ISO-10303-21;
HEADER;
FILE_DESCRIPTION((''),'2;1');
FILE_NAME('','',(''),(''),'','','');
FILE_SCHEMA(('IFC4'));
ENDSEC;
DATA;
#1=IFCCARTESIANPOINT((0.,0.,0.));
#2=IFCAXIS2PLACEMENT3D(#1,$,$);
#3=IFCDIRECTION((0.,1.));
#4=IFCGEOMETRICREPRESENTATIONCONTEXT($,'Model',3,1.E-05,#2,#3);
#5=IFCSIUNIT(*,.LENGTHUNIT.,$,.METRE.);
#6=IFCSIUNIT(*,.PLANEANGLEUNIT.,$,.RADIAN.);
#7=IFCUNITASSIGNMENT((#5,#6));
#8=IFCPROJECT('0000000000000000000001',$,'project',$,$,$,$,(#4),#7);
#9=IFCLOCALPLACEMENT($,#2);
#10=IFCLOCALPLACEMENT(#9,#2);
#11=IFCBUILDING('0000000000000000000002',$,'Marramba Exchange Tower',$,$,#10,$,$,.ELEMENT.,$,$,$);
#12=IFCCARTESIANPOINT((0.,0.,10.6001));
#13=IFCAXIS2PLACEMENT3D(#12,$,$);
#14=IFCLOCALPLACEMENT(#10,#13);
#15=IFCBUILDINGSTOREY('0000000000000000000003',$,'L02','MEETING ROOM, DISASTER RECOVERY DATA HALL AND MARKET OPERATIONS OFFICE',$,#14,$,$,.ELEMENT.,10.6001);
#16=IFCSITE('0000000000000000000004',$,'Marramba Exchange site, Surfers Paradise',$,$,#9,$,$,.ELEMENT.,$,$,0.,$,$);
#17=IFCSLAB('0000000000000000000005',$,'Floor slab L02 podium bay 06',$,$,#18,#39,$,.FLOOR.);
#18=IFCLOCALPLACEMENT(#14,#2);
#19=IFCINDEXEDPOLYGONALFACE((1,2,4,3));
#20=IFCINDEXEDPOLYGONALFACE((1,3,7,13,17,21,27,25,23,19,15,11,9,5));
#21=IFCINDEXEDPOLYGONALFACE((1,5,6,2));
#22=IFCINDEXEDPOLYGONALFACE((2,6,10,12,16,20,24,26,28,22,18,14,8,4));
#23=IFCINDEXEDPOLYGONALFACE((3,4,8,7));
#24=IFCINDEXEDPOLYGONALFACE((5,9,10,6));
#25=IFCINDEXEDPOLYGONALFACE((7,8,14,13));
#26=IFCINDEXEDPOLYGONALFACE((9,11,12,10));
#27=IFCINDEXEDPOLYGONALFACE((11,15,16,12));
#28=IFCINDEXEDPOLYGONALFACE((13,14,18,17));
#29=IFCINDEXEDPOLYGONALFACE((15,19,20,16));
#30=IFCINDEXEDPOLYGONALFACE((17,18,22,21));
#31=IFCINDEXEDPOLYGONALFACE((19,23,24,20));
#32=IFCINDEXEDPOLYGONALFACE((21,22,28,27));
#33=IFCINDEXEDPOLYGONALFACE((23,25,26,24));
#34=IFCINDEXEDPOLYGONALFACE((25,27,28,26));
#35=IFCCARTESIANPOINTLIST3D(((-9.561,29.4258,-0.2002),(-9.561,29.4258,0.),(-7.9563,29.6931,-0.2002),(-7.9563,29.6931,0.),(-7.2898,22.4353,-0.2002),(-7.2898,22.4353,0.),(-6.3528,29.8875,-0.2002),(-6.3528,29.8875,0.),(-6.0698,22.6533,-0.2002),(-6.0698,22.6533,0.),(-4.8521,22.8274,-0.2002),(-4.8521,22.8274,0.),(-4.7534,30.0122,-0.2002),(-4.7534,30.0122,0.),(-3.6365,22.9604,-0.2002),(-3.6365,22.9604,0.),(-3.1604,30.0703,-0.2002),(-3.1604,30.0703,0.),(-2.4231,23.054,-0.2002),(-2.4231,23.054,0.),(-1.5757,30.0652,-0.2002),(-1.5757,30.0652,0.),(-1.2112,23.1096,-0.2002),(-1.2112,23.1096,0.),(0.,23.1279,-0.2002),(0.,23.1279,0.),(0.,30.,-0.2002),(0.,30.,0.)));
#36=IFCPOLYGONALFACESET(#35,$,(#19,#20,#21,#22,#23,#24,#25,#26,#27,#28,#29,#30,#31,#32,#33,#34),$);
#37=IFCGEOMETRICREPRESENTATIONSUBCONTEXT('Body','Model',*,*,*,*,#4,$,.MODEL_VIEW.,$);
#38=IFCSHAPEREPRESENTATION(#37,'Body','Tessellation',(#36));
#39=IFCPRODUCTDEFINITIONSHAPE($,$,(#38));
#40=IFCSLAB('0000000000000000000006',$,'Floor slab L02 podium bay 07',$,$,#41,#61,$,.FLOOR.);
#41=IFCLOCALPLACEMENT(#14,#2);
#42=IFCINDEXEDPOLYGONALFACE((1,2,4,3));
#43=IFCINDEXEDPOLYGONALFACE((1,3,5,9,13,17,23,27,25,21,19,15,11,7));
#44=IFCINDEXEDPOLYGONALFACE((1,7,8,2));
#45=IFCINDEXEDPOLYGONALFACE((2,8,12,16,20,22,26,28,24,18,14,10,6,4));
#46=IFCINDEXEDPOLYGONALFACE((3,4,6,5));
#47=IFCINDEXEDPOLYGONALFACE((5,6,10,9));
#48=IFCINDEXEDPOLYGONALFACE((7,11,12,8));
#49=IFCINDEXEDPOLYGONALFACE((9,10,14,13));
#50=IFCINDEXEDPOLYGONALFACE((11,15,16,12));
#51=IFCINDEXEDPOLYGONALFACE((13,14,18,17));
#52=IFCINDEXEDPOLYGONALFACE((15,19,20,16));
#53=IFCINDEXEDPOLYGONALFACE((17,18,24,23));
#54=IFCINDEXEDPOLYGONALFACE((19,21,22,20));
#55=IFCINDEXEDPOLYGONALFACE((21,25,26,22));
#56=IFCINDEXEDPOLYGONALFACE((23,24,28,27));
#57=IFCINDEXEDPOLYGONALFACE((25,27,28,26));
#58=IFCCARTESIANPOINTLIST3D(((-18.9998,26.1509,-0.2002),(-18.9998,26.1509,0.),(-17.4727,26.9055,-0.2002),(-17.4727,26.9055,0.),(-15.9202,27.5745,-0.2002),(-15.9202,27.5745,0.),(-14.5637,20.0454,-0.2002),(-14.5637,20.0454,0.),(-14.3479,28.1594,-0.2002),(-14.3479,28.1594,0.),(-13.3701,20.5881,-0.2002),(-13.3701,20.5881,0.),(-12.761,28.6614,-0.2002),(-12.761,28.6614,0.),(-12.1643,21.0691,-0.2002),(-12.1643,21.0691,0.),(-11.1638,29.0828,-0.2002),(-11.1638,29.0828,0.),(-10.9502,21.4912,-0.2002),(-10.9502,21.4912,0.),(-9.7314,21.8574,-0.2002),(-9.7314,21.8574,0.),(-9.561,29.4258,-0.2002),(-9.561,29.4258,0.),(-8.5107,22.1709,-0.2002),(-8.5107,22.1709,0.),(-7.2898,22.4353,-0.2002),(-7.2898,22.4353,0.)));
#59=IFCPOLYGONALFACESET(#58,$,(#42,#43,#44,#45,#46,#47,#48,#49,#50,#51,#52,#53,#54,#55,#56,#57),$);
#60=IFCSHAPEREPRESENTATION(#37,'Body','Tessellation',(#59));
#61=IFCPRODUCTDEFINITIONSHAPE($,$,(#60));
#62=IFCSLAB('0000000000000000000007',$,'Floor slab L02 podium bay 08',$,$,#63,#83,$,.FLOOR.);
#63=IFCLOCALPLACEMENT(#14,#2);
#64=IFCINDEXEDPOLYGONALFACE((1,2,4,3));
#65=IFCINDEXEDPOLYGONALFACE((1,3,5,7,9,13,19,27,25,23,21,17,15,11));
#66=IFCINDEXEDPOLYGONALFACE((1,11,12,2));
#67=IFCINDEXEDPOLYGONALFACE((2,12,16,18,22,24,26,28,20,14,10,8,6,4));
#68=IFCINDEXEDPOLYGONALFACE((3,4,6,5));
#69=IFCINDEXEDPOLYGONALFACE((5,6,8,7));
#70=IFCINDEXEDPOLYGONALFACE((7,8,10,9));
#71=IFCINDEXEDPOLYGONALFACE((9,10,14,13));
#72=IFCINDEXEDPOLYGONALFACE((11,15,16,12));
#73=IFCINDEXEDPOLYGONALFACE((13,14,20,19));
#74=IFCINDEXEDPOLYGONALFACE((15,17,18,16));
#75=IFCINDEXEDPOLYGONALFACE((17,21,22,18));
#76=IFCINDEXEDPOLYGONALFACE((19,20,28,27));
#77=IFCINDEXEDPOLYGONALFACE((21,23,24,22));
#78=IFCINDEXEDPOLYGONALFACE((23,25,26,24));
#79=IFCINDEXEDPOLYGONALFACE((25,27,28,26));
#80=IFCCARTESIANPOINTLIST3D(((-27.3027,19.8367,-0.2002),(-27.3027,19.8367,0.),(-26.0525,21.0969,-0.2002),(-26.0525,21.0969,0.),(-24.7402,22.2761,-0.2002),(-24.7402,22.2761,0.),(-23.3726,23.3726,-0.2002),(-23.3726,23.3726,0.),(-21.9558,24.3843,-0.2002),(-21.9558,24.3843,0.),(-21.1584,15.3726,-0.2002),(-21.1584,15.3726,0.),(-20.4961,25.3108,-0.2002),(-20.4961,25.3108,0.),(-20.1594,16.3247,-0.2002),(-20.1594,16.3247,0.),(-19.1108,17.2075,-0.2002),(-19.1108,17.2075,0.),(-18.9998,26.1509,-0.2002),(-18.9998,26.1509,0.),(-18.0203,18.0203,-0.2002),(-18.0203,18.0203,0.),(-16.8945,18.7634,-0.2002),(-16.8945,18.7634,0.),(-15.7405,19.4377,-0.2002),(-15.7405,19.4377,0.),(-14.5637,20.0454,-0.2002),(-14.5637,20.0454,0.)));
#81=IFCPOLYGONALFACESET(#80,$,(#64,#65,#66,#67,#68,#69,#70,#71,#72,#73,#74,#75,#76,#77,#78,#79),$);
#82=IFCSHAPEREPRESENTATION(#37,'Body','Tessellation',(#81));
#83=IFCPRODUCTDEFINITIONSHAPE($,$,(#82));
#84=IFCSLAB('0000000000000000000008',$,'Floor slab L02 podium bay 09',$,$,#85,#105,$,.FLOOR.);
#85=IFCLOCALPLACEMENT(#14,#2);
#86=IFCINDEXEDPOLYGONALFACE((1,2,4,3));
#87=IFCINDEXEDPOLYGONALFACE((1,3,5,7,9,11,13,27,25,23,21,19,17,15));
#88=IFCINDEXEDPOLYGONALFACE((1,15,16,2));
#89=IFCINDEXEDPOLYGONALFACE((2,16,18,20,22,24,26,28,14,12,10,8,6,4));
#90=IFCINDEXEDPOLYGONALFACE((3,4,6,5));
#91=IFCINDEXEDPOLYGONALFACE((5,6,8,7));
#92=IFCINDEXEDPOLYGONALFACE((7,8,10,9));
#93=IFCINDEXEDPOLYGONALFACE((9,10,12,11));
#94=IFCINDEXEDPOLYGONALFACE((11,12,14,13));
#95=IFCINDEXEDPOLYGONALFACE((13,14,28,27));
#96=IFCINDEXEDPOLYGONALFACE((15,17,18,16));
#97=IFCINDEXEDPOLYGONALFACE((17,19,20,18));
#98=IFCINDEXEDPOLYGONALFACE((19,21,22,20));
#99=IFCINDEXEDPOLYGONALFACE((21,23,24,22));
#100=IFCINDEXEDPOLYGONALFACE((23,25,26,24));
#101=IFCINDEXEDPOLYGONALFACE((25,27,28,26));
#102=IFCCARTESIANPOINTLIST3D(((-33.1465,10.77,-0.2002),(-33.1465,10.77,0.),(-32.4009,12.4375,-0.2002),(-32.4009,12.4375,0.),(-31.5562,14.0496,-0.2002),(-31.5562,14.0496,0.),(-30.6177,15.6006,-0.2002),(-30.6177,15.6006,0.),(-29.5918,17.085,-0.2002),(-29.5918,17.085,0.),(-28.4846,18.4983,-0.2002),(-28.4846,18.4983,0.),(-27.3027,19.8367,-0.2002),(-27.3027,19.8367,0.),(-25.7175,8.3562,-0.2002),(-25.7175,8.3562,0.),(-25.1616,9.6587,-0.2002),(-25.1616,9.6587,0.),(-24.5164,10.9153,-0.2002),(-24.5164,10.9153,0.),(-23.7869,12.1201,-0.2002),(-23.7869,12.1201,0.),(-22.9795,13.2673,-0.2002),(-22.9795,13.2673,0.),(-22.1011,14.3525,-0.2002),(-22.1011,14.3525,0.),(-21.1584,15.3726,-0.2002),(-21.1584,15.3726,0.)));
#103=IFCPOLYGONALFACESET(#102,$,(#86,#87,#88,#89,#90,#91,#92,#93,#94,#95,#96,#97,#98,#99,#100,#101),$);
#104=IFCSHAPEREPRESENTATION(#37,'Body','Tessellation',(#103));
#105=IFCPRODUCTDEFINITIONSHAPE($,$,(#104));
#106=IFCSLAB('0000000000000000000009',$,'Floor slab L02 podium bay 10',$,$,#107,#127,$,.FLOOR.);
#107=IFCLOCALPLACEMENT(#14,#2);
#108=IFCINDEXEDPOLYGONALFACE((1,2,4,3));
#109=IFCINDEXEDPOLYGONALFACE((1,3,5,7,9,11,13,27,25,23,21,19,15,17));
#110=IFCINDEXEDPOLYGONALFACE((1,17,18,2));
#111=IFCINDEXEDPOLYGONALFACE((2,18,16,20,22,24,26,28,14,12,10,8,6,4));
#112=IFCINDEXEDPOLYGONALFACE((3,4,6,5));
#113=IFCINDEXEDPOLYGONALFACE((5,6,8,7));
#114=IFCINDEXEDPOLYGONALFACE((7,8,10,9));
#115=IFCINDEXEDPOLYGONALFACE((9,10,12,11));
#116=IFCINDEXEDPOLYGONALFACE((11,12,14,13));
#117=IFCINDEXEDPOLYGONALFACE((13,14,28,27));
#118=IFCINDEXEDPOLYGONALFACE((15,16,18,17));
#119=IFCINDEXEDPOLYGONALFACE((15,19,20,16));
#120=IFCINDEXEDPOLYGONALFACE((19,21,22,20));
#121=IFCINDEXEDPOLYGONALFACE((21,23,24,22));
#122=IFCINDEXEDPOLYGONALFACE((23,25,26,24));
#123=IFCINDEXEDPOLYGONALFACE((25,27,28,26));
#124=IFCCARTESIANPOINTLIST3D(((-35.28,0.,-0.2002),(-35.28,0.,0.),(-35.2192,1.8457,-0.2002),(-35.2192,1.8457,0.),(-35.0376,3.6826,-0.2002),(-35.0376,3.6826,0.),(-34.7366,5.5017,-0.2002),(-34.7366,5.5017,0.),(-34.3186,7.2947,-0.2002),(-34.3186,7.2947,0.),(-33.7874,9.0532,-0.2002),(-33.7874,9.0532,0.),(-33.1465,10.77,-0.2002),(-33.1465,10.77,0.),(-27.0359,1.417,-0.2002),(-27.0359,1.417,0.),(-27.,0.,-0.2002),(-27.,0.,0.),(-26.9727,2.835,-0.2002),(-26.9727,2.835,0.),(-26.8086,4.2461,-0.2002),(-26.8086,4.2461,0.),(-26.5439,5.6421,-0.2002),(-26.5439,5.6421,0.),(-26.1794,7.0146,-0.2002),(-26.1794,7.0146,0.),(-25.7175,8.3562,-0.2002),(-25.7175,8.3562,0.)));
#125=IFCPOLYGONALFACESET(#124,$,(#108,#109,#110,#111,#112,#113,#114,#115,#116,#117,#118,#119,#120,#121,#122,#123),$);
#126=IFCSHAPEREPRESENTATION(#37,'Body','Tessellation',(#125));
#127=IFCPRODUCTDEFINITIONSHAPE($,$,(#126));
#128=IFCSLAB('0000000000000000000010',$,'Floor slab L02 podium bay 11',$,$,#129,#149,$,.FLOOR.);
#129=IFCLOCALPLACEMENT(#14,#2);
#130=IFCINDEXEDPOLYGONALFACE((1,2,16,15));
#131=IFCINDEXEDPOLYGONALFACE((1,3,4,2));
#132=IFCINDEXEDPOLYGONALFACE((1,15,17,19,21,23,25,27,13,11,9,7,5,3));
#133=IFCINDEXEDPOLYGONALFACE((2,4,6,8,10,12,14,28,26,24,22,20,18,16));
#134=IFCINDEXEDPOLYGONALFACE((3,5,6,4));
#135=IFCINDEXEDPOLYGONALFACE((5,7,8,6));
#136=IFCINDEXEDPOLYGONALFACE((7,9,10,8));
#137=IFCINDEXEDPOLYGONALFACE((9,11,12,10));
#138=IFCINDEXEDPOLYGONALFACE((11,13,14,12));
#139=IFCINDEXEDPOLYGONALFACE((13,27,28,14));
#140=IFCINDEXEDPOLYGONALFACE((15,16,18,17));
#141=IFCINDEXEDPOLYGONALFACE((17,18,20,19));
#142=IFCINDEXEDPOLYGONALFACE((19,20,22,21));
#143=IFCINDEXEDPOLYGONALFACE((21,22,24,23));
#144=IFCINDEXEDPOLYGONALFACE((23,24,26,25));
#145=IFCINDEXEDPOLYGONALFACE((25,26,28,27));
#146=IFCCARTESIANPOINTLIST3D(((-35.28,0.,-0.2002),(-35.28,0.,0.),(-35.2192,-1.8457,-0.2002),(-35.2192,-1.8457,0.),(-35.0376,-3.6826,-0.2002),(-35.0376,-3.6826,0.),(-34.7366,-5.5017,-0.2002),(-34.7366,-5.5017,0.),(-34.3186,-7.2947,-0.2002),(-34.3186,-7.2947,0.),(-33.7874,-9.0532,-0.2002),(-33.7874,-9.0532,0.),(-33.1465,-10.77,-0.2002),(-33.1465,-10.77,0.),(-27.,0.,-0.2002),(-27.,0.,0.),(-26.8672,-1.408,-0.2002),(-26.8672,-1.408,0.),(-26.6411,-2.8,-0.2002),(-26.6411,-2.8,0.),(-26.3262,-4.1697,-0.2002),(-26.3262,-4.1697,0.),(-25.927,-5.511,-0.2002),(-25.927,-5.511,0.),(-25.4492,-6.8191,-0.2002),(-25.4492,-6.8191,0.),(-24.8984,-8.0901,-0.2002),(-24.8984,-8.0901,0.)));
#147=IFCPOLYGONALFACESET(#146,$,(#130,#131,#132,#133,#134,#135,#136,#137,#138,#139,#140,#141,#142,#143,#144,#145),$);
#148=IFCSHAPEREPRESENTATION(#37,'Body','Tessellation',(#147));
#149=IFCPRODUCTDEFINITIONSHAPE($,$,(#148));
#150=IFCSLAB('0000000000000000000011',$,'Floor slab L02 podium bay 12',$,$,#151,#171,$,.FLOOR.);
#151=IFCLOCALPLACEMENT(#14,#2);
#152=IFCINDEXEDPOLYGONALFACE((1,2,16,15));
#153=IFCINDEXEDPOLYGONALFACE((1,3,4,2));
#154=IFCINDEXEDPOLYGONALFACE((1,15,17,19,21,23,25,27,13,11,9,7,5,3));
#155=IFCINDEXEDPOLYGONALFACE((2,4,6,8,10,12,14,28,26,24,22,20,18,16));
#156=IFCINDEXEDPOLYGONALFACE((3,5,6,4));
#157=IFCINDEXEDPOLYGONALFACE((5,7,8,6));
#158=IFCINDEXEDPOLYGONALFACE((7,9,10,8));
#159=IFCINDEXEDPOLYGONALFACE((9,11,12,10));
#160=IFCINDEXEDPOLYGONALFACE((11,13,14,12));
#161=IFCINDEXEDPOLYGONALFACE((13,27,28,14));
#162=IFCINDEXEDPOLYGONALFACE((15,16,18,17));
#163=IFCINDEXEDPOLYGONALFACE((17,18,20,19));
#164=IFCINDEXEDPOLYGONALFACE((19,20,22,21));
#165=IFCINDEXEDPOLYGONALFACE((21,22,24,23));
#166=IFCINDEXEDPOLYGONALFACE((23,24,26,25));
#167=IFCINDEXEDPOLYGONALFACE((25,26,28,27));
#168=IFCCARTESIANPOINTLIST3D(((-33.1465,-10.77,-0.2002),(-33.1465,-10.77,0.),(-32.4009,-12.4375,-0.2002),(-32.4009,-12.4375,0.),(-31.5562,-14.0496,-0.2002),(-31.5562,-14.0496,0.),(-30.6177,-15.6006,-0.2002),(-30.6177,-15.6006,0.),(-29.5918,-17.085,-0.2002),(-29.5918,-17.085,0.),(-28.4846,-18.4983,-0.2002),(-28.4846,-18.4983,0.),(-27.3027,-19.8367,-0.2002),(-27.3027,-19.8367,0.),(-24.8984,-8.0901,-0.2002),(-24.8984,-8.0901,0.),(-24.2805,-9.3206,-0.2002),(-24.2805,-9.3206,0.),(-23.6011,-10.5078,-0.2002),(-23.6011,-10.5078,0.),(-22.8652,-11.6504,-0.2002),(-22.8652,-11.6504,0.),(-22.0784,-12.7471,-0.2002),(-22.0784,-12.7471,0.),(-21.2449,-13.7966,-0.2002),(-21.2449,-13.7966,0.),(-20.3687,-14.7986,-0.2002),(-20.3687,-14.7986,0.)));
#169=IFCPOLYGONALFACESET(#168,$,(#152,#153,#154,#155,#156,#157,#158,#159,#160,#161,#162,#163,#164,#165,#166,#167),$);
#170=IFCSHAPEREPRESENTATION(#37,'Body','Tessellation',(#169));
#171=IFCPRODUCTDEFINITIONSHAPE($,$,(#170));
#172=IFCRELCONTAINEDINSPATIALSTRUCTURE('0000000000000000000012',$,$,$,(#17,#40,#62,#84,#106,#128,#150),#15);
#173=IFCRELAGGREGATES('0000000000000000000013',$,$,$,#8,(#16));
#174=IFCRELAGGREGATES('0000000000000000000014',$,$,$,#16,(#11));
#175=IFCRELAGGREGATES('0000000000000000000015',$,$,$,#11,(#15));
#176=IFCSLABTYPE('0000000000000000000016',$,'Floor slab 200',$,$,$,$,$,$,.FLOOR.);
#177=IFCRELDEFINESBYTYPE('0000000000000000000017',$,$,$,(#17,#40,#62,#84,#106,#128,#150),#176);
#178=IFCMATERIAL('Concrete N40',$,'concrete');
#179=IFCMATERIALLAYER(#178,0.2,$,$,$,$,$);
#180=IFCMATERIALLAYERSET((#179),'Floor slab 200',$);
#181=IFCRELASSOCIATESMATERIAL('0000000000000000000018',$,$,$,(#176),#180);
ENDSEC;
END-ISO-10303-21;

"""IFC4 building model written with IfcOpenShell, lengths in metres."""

from ifc_helpers import new_model, si_unit, direction, frame, origin, place, context, subcontext, project, spatial, polyline, outline, extrude, material, layer, layer_set, type_object, element, save


model = new_model("IFC4")

# Units and contexts
model_context = context("Model", 3, precision=1e-05, world=origin(), true_north=direction((0.0, 1.0)))
body_context = subcontext(model_context, "Body", "Model", "MODEL_VIEW")
ifc_project = project(units=[si_unit("LENGTHUNIT", "METRE"), si_unit("PLANEANGLEUNIT", "RADIAN")], contexts=[model_context])

# Site, building, storey
site_placement = place(None, origin())
site = spatial("IfcSite", under=ifc_project, at=site_placement, Name="Marramba Exchange site, Surfers Paradise", CompositionType="ELEMENT", RefElevation=0.0)
building_placement = place(site_placement, origin())
building = spatial("IfcBuilding", under=site, at=building_placement, Name="Marramba Exchange Tower", CompositionType="ELEMENT")
storey_placement = place(building_placement, frame((0.0, 0.0, 10.6001)))
storey = spatial("IfcBuildingStorey", under=building, at=storey_placement, Name="L02", Description="MEETING ROOM, DISASTER RECOVERY DATA HALL AND MARKET OPERATIONS OFFICE", CompositionType="ELEMENT", Elevation=10.6001)

# Slabs
ifc_material_1 = material(Name="Concrete N40", Category="concrete")
ifc_layer_1 = layer(ifc_material_1, 0.2)
ifc_layer_set_1 = layer_set([ifc_layer_1], Name="Floor slab 200")
slab_type_1 = type_object("IfcSlabType", Name="Floor slab 200", PredefinedType="FLOOR", material=ifc_layer_set_1)
slab_1_placement = place(storey_placement, frame((0.0, 0.0, -0.2002)))
element("IfcSlab", 1, at=slab_1_placement, inside=storey, type_object=slab_type_1, Name="Floor slab L02 podium bay 06", PredefinedType="FLOOR", context=body_context, shape_type="SweptSolid", body=[
    extrude(outline(polyline([(-9.561, 29.4258), (-7.9563, 29.6931), (-6.3528, 29.8875), (-4.7534, 30.0122), (-3.1604, 30.0703), (-1.5757, 30.0652), (0.0, 30.0), (0.0, 23.1279), (-1.2112, 23.1096), (-2.4231, 23.054), (-3.6365, 22.9604), (-4.8521, 22.8274), (-6.0698, 22.6533), (-7.2898, 22.4353), (-9.561, 29.4258)])), origin(), (0.0, 0.0, 1.0), 0.2002),
])
slab_2_placement = place(storey_placement, frame((0.0, 0.0, -0.2002)))
element("IfcSlab", 2, at=slab_2_placement, inside=storey, type_object=slab_type_1, Name="Floor slab L02 podium bay 07", PredefinedType="FLOOR", context=body_context, shape_type="SweptSolid", body=[
    extrude(outline(polyline([(-18.9998, 26.1509), (-17.4727, 26.9055), (-15.9202, 27.5745), (-14.3479, 28.1594), (-12.761, 28.6614), (-11.1638, 29.0828), (-9.561, 29.4258), (-7.2898, 22.4353), (-8.5107, 22.1709), (-9.7314, 21.8574), (-10.9502, 21.4912), (-12.1643, 21.0691), (-13.3701, 20.5881), (-14.5637, 20.0454), (-18.9998, 26.1509)])), origin(), (0.0, 0.0, 1.0), 0.2002),
])
slab_3_placement = place(storey_placement, frame((0.0, 0.0, -0.2002)))
element("IfcSlab", 3, at=slab_3_placement, inside=storey, type_object=slab_type_1, Name="Floor slab L02 podium bay 08", PredefinedType="FLOOR", context=body_context, shape_type="SweptSolid", body=[
    extrude(outline(polyline([(-27.3027, 19.8367), (-26.0525, 21.0969), (-24.7402, 22.2761), (-23.3726, 23.3726), (-21.9558, 24.3843), (-20.4961, 25.3108), (-18.9998, 26.1509), (-14.5637, 20.0454), (-15.7405, 19.4377), (-16.8945, 18.7634), (-18.0203, 18.0203), (-19.1108, 17.2075), (-20.1594, 16.3247), (-21.1584, 15.3726), (-27.3027, 19.8367)])), origin(), (0.0, 0.0, 1.0), 0.2002),
])
slab_4_placement = place(storey_placement, frame((0.0, 0.0, -0.2002)))
element("IfcSlab", 4, at=slab_4_placement, inside=storey, type_object=slab_type_1, Name="Floor slab L02 podium bay 09", PredefinedType="FLOOR", context=body_context, shape_type="SweptSolid", body=[
    extrude(outline(polyline([(-32.4009, 12.4375), (-31.5562, 14.0496), (-30.6177, 15.6006), (-29.5918, 17.085), (-28.4846, 18.4983), (-27.3027, 19.8367), (-21.1584, 15.3726), (-22.1011, 14.3525), (-22.9795, 13.2673), (-23.7869, 12.1201), (-24.5164, 10.9153), (-25.1616, 9.6587), (-25.7175, 8.3562), (-33.1465, 10.77), (-32.4009, 12.4375)])), origin(), (0.0, 0.0, 1.0), 0.2002),
])
slab_5_placement = place(storey_placement, frame((0.0, 0.0, -0.2002)))
element("IfcSlab", 5, at=slab_5_placement, inside=storey, type_object=slab_type_1, Name="Floor slab L02 podium bay 10", PredefinedType="FLOOR", context=body_context, shape_type="SweptSolid", body=[
    extrude(outline(polyline([(-35.2192, 1.8457), (-35.0376, 3.6826), (-34.7366, 5.5017), (-34.3186, 7.2947), (-33.7874, 9.0532), (-33.1465, 10.77), (-25.7175, 8.3562), (-26.1794, 7.0146), (-26.5439, 5.6421), (-26.8086, 4.2461), (-26.9727, 2.835), (-27.0359, 1.417), (-27.0, 0.0), (-35.28, 0.0), (-35.2192, 1.8457)])), origin(), (0.0, 0.0, 1.0), 0.2002),
])
slab_6_placement = place(storey_placement, frame((0.0, 0.0, -0.2002)))
element("IfcSlab", 6, at=slab_6_placement, inside=storey, type_object=slab_type_1, Name="Floor slab L02 podium bay 11", PredefinedType="FLOOR", context=body_context, shape_type="SweptSolid", body=[
    extrude(outline(polyline([(-33.1465, -10.77), (-33.7874, -9.0532), (-34.3186, -7.2947), (-34.7366, -5.5017), (-35.0376, -3.6826), (-35.2192, -1.8457), (-35.28, 0.0), (-27.0, 0.0), (-26.8672, -1.408), (-26.6411, -2.8), (-26.3262, -4.1697), (-25.927, -5.511), (-25.4492, -6.8191), (-24.8984, -8.0901), (-33.1465, -10.77)])), origin(), (0.0, 0.0, 1.0), 0.2002),
])
slab_7_placement = place(storey_placement, frame((0.0, 0.0, -0.2002)))
element("IfcSlab", 7, at=slab_7_placement, inside=storey, type_object=slab_type_1, Name="Floor slab L02 podium bay 12", PredefinedType="FLOOR", context=body_context, shape_type="SweptSolid", body=[
    extrude(outline(polyline([(-28.4846, -18.4983), (-29.5918, -17.085), (-30.6177, -15.6006), (-31.5562, -14.0496), (-32.4009, -12.4375), (-33.1465, -10.77), (-24.8984, -8.0901), (-24.2805, -9.3206), (-23.6011, -10.5078), (-22.8652, -11.6504), (-22.0784, -12.7471), (-21.2449, -13.7966), (-20.3687, -14.7986), (-27.3027, -19.8367), (-28.4846, -18.4983)])), origin(), (0.0, 0.0, 1.0), 0.2002),
])

save(model, "model.ifc")
